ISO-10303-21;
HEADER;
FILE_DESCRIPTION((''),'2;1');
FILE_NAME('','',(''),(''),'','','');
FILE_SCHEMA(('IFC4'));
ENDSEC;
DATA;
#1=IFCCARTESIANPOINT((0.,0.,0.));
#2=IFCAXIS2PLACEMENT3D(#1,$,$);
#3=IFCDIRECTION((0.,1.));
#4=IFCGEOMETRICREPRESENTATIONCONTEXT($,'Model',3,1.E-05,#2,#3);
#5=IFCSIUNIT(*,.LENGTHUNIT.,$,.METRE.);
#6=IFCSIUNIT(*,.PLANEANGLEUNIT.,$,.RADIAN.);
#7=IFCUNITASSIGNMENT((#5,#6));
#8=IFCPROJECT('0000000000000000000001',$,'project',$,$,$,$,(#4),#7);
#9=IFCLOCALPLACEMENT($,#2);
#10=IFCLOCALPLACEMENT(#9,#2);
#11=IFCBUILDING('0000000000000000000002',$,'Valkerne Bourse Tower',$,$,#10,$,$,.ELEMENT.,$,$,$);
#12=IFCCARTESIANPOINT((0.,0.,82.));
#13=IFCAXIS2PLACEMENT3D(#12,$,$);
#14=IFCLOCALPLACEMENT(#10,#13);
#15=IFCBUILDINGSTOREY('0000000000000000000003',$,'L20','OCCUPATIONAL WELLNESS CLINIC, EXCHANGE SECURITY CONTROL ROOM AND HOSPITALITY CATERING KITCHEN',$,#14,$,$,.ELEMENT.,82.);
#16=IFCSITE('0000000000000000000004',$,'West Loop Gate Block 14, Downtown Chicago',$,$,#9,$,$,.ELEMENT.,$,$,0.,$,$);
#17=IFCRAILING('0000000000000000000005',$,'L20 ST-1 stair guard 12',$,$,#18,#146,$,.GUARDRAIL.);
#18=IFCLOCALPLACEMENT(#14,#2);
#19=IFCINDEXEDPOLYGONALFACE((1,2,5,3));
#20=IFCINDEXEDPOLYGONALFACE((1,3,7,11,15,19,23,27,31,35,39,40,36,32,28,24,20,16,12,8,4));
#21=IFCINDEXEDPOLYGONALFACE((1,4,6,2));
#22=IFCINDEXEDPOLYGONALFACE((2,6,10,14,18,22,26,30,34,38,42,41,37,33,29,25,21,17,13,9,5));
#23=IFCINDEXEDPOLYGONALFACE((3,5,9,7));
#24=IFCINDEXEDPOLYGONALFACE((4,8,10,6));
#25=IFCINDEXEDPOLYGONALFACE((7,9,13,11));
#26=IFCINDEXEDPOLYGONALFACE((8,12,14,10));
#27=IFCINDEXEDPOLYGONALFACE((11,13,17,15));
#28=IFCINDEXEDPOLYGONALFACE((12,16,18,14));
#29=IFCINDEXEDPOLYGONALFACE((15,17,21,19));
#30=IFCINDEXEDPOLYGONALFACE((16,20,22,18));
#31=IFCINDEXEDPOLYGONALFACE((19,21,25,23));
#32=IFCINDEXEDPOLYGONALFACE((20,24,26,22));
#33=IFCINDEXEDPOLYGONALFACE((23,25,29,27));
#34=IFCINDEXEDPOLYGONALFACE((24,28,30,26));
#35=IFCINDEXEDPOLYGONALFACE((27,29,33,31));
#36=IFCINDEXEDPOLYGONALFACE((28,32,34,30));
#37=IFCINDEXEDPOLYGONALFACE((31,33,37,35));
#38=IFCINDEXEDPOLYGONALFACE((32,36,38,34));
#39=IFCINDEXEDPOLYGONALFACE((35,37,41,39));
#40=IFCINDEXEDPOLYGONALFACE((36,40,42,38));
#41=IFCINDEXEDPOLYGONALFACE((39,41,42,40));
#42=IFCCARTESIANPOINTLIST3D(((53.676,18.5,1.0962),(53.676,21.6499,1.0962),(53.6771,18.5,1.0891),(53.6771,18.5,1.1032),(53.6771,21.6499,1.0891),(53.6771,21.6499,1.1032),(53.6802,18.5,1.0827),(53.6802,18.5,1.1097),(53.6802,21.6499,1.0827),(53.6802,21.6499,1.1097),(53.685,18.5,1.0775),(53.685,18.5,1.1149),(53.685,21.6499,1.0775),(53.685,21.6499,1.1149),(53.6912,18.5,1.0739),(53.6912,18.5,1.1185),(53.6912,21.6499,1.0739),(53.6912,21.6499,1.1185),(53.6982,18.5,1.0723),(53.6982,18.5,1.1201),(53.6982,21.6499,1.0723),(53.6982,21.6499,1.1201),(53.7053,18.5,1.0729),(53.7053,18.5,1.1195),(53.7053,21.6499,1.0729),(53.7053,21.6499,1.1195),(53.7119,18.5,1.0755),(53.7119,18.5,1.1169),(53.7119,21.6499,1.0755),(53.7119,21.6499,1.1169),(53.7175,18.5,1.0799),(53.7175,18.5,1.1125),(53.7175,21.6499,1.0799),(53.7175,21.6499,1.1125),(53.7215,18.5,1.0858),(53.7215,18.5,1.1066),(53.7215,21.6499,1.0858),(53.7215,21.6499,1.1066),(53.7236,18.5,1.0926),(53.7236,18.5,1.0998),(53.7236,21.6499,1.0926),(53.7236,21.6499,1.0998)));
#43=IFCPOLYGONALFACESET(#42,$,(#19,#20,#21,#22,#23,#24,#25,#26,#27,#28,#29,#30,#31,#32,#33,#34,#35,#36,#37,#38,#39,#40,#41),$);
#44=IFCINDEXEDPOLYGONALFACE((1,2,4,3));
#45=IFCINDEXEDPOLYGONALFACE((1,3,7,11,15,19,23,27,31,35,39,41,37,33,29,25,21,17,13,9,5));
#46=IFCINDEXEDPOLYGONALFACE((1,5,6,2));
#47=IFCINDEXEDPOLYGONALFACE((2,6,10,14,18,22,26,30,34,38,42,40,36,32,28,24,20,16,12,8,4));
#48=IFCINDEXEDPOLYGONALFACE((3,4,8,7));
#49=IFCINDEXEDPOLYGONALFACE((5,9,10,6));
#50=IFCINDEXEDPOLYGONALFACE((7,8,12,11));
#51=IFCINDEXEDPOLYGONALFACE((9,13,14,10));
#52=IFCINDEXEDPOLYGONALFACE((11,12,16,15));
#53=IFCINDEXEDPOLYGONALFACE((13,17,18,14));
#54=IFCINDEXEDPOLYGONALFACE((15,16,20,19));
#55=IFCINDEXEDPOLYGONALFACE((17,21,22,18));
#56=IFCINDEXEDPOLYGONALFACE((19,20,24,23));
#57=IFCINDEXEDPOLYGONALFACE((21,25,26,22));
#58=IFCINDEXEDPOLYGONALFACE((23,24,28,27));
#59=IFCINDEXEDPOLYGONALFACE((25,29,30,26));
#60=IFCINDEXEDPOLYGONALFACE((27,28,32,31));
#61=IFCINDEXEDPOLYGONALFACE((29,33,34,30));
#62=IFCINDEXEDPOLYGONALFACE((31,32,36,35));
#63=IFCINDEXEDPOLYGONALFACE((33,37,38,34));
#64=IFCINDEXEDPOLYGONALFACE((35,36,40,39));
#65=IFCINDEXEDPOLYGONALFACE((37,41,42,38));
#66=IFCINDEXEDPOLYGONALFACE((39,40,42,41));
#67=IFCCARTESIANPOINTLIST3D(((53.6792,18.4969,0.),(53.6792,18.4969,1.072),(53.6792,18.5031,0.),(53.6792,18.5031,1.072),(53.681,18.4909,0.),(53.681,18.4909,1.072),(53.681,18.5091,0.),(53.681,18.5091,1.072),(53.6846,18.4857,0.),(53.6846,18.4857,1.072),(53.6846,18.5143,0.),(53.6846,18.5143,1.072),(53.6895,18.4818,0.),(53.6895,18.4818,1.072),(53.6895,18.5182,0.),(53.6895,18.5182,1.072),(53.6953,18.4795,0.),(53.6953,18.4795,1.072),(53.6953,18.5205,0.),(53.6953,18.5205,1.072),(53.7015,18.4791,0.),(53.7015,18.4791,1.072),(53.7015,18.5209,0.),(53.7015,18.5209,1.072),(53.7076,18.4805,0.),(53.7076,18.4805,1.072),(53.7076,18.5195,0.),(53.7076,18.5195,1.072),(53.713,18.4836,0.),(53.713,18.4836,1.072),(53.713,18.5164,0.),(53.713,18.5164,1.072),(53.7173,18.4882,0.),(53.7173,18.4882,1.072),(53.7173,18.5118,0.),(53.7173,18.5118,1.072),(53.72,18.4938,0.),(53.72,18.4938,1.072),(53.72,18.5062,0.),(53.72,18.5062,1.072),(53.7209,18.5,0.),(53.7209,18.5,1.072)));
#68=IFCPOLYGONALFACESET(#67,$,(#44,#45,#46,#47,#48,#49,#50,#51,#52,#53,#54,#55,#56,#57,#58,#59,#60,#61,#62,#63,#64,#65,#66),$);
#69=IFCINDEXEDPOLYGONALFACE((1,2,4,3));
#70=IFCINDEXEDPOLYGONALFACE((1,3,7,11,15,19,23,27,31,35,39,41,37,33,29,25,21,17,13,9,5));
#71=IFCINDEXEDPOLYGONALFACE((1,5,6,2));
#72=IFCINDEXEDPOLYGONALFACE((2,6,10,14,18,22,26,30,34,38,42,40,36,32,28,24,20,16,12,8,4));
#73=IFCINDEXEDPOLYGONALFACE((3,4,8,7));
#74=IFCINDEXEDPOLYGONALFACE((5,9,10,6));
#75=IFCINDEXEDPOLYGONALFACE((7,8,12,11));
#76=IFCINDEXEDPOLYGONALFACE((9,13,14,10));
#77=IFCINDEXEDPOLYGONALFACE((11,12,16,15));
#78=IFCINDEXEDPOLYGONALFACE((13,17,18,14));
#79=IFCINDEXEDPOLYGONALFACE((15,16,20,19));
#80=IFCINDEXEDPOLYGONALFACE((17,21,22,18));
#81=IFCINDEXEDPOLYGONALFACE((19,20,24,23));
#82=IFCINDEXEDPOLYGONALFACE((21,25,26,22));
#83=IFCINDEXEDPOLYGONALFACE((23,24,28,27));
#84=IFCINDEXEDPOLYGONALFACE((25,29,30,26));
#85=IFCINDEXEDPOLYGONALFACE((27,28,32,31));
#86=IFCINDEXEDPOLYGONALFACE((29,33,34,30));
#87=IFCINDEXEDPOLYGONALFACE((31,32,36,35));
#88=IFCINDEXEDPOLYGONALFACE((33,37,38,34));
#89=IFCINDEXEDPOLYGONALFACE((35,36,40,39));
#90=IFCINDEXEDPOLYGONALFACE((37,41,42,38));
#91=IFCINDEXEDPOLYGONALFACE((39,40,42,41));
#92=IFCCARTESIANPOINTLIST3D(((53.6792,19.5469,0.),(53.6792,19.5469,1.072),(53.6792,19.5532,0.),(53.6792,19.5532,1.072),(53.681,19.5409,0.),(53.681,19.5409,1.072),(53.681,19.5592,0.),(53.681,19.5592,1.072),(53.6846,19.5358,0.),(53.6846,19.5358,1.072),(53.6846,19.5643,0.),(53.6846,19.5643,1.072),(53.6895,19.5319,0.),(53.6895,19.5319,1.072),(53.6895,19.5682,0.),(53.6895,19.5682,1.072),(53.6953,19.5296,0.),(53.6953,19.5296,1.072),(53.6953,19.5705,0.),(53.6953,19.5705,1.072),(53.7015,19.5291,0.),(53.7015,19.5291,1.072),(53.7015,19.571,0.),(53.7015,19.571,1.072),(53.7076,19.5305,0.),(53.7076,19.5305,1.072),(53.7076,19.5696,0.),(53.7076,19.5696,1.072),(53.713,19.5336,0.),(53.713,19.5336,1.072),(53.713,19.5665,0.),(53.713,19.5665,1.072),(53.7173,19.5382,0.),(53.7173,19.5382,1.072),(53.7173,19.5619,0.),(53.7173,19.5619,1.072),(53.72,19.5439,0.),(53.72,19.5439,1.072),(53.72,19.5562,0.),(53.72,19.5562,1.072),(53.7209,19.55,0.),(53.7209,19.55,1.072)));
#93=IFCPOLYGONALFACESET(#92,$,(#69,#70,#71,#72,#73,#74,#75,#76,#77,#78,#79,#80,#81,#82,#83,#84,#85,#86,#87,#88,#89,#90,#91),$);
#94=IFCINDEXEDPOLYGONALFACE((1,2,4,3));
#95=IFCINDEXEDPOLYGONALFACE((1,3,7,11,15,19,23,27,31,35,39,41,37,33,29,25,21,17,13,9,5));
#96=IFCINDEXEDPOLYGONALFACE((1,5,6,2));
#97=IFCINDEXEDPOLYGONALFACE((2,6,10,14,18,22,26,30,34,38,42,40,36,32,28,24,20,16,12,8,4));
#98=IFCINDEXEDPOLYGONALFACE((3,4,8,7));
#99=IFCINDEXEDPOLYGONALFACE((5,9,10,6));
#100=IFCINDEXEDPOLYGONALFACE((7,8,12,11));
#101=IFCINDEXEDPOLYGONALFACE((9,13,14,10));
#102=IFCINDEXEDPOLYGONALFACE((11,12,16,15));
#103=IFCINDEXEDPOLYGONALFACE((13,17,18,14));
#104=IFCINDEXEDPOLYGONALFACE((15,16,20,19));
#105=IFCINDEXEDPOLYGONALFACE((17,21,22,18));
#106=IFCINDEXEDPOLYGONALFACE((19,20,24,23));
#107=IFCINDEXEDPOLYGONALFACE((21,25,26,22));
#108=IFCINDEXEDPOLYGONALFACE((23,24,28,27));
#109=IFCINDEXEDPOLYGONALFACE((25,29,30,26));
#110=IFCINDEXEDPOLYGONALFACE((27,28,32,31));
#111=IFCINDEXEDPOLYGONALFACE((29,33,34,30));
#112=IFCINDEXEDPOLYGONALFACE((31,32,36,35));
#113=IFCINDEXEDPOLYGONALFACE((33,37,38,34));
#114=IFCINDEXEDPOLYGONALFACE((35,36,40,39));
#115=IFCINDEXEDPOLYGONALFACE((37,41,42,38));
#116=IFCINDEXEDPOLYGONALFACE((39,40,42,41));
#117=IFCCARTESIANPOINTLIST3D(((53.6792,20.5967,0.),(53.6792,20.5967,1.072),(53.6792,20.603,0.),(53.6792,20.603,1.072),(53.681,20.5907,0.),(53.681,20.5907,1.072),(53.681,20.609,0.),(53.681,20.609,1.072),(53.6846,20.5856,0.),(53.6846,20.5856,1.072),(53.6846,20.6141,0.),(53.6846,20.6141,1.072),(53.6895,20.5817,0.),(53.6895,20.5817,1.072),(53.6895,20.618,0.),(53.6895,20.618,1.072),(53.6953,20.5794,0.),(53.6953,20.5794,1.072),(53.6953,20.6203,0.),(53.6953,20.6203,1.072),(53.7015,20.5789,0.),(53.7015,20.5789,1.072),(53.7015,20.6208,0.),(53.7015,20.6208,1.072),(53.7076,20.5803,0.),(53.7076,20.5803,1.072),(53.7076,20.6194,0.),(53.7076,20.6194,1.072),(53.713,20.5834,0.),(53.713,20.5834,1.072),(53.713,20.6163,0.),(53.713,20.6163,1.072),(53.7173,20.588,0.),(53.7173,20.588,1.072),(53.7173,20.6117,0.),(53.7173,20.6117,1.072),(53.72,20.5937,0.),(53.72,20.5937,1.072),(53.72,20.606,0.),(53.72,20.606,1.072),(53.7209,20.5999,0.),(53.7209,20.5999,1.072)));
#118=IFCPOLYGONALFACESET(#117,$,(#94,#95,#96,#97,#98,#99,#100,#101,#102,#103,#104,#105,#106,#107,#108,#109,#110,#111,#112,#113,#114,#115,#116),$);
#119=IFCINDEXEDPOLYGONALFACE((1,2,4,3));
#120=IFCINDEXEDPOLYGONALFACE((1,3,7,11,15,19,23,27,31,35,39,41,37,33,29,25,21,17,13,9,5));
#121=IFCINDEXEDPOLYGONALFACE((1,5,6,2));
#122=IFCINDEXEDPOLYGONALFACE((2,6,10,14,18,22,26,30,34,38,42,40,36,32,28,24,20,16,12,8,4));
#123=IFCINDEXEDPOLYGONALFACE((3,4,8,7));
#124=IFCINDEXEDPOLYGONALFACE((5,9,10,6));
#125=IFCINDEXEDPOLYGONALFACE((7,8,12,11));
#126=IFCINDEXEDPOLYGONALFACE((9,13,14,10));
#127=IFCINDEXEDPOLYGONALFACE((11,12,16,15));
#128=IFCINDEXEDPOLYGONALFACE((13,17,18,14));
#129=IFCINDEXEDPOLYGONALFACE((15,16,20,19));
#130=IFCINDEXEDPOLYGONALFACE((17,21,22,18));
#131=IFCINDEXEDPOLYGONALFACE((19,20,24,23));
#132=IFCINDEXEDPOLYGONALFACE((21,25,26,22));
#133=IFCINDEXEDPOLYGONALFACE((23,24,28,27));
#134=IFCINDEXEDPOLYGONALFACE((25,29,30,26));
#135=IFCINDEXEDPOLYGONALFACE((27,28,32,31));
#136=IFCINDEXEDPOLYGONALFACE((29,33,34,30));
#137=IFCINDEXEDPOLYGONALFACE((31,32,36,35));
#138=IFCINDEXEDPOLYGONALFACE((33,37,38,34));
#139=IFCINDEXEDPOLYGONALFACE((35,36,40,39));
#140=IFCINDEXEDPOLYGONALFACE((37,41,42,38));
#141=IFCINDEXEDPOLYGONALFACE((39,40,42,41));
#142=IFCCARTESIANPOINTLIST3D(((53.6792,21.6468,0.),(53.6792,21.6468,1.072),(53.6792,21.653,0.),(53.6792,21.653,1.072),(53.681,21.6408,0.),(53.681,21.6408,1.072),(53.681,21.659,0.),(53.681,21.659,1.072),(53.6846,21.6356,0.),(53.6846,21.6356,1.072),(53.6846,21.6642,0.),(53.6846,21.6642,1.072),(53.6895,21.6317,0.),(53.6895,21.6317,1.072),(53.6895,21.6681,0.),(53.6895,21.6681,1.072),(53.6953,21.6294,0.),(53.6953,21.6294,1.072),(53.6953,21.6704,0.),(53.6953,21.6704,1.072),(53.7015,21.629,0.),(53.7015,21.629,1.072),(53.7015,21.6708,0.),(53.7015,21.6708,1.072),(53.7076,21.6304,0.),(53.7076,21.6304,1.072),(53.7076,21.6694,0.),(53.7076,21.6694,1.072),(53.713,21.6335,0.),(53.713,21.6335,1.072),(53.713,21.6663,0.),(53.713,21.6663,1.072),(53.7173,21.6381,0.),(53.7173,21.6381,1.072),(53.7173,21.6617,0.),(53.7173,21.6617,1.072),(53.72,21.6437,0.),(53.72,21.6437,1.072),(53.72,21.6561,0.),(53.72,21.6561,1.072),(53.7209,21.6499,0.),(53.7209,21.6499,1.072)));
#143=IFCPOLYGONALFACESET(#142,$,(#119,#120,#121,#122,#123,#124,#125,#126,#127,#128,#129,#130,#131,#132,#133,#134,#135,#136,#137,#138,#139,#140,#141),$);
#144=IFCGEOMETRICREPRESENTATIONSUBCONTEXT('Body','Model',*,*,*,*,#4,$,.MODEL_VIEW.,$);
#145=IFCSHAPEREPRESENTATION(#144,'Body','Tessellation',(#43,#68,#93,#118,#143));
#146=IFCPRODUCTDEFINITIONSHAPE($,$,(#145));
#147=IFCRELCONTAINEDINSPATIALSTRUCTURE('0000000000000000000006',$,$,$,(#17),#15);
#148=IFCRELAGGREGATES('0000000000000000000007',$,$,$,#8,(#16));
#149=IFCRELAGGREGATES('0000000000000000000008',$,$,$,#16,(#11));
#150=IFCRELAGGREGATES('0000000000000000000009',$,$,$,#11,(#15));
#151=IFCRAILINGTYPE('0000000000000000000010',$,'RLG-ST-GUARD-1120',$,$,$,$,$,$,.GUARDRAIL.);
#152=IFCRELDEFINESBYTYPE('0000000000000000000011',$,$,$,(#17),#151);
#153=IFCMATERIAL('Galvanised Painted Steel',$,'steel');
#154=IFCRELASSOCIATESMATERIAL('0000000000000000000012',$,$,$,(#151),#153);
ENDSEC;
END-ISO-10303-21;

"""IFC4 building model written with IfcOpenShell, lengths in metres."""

from ifc_helpers import new_model, si_unit, direction, frame, origin, origin_2d, place, context, subcontext, project, spatial, circle, extrude, material, type_object, element, save


model = new_model("IFC4")

# Units and contexts
model_context = context("Model", 3, precision=1e-05, world=origin(), true_north=direction((0.0, 1.0)))
body_context = subcontext(model_context, "Body", "Model", "MODEL_VIEW")
ifc_project = project(units=[si_unit("LENGTHUNIT", "METRE"), si_unit("PLANEANGLEUNIT", "RADIAN")], contexts=[model_context])

# Site, building, storey
site_placement = place(None, origin())
site = spatial("IfcSite", under=ifc_project, at=site_placement, Name="West Loop Gate Block 14, Downtown Chicago", CompositionType="ELEMENT", RefElevation=0.0)
building_placement = place(site_placement, origin())
building = spatial("IfcBuilding", under=site, at=building_placement, Name="Valkerne Bourse Tower", CompositionType="ELEMENT")
storey_placement = place(building_placement, frame((0.0, 0.0, 82.0)))
storey = spatial("IfcBuildingStorey", under=building, at=storey_placement, Name="L20", Description="OCCUPATIONAL WELLNESS CLINIC, EXCHANGE SECURITY CONTROL ROOM AND HOSPITALITY CATERING KITCHEN", CompositionType="ELEMENT", Elevation=82.0)

# Railing
ifc_material_1 = material(Name="Galvanised Painted Steel", Category="steel")
railing_type = type_object("IfcRailingType", Name="RLG-ST-GUARD-1120", PredefinedType="GUARDRAIL", material=ifc_material_1)
railing_placement = place(storey_placement, frame((53.7, 18.5, 0.0)))
element("IfcRailing", 1, at=railing_placement, inside=storey, type_object=railing_type, Name="L20 ST-1 stair guard 12", PredefinedType="GUARDRAIL", context=body_context, shape_type="SweptSolid", body=[
    extrude(circle(Radius=0.0239, at=origin_2d()), frame((0.0, 0.0, 1.0962), z_axis=(0.0, 1.0, 0.0), x_axis=(-1.0, 0.0, 0.0)), (0.0, 0.0, 1.0), 3.1499),
    extrude(circle(Radius=0.021, at=origin_2d()), origin(), (0.0, 0.0, 1.0), 1.072),
    extrude(circle(Radius=0.021, at=origin_2d()), frame((0.0, 1.05, 0.0)), (0.0, 0.0, 1.0), 1.072),
    extrude(circle(Radius=0.021, at=origin_2d()), frame((0.0, 2.0999, 0.0)), (0.0, 0.0, 1.0), 1.072),
    extrude(circle(Radius=0.021, at=origin_2d()), frame((0.0, 3.1499, 0.0)), (0.0, 0.0, 1.0), 1.072),
])

save(model, "model.ifc")
